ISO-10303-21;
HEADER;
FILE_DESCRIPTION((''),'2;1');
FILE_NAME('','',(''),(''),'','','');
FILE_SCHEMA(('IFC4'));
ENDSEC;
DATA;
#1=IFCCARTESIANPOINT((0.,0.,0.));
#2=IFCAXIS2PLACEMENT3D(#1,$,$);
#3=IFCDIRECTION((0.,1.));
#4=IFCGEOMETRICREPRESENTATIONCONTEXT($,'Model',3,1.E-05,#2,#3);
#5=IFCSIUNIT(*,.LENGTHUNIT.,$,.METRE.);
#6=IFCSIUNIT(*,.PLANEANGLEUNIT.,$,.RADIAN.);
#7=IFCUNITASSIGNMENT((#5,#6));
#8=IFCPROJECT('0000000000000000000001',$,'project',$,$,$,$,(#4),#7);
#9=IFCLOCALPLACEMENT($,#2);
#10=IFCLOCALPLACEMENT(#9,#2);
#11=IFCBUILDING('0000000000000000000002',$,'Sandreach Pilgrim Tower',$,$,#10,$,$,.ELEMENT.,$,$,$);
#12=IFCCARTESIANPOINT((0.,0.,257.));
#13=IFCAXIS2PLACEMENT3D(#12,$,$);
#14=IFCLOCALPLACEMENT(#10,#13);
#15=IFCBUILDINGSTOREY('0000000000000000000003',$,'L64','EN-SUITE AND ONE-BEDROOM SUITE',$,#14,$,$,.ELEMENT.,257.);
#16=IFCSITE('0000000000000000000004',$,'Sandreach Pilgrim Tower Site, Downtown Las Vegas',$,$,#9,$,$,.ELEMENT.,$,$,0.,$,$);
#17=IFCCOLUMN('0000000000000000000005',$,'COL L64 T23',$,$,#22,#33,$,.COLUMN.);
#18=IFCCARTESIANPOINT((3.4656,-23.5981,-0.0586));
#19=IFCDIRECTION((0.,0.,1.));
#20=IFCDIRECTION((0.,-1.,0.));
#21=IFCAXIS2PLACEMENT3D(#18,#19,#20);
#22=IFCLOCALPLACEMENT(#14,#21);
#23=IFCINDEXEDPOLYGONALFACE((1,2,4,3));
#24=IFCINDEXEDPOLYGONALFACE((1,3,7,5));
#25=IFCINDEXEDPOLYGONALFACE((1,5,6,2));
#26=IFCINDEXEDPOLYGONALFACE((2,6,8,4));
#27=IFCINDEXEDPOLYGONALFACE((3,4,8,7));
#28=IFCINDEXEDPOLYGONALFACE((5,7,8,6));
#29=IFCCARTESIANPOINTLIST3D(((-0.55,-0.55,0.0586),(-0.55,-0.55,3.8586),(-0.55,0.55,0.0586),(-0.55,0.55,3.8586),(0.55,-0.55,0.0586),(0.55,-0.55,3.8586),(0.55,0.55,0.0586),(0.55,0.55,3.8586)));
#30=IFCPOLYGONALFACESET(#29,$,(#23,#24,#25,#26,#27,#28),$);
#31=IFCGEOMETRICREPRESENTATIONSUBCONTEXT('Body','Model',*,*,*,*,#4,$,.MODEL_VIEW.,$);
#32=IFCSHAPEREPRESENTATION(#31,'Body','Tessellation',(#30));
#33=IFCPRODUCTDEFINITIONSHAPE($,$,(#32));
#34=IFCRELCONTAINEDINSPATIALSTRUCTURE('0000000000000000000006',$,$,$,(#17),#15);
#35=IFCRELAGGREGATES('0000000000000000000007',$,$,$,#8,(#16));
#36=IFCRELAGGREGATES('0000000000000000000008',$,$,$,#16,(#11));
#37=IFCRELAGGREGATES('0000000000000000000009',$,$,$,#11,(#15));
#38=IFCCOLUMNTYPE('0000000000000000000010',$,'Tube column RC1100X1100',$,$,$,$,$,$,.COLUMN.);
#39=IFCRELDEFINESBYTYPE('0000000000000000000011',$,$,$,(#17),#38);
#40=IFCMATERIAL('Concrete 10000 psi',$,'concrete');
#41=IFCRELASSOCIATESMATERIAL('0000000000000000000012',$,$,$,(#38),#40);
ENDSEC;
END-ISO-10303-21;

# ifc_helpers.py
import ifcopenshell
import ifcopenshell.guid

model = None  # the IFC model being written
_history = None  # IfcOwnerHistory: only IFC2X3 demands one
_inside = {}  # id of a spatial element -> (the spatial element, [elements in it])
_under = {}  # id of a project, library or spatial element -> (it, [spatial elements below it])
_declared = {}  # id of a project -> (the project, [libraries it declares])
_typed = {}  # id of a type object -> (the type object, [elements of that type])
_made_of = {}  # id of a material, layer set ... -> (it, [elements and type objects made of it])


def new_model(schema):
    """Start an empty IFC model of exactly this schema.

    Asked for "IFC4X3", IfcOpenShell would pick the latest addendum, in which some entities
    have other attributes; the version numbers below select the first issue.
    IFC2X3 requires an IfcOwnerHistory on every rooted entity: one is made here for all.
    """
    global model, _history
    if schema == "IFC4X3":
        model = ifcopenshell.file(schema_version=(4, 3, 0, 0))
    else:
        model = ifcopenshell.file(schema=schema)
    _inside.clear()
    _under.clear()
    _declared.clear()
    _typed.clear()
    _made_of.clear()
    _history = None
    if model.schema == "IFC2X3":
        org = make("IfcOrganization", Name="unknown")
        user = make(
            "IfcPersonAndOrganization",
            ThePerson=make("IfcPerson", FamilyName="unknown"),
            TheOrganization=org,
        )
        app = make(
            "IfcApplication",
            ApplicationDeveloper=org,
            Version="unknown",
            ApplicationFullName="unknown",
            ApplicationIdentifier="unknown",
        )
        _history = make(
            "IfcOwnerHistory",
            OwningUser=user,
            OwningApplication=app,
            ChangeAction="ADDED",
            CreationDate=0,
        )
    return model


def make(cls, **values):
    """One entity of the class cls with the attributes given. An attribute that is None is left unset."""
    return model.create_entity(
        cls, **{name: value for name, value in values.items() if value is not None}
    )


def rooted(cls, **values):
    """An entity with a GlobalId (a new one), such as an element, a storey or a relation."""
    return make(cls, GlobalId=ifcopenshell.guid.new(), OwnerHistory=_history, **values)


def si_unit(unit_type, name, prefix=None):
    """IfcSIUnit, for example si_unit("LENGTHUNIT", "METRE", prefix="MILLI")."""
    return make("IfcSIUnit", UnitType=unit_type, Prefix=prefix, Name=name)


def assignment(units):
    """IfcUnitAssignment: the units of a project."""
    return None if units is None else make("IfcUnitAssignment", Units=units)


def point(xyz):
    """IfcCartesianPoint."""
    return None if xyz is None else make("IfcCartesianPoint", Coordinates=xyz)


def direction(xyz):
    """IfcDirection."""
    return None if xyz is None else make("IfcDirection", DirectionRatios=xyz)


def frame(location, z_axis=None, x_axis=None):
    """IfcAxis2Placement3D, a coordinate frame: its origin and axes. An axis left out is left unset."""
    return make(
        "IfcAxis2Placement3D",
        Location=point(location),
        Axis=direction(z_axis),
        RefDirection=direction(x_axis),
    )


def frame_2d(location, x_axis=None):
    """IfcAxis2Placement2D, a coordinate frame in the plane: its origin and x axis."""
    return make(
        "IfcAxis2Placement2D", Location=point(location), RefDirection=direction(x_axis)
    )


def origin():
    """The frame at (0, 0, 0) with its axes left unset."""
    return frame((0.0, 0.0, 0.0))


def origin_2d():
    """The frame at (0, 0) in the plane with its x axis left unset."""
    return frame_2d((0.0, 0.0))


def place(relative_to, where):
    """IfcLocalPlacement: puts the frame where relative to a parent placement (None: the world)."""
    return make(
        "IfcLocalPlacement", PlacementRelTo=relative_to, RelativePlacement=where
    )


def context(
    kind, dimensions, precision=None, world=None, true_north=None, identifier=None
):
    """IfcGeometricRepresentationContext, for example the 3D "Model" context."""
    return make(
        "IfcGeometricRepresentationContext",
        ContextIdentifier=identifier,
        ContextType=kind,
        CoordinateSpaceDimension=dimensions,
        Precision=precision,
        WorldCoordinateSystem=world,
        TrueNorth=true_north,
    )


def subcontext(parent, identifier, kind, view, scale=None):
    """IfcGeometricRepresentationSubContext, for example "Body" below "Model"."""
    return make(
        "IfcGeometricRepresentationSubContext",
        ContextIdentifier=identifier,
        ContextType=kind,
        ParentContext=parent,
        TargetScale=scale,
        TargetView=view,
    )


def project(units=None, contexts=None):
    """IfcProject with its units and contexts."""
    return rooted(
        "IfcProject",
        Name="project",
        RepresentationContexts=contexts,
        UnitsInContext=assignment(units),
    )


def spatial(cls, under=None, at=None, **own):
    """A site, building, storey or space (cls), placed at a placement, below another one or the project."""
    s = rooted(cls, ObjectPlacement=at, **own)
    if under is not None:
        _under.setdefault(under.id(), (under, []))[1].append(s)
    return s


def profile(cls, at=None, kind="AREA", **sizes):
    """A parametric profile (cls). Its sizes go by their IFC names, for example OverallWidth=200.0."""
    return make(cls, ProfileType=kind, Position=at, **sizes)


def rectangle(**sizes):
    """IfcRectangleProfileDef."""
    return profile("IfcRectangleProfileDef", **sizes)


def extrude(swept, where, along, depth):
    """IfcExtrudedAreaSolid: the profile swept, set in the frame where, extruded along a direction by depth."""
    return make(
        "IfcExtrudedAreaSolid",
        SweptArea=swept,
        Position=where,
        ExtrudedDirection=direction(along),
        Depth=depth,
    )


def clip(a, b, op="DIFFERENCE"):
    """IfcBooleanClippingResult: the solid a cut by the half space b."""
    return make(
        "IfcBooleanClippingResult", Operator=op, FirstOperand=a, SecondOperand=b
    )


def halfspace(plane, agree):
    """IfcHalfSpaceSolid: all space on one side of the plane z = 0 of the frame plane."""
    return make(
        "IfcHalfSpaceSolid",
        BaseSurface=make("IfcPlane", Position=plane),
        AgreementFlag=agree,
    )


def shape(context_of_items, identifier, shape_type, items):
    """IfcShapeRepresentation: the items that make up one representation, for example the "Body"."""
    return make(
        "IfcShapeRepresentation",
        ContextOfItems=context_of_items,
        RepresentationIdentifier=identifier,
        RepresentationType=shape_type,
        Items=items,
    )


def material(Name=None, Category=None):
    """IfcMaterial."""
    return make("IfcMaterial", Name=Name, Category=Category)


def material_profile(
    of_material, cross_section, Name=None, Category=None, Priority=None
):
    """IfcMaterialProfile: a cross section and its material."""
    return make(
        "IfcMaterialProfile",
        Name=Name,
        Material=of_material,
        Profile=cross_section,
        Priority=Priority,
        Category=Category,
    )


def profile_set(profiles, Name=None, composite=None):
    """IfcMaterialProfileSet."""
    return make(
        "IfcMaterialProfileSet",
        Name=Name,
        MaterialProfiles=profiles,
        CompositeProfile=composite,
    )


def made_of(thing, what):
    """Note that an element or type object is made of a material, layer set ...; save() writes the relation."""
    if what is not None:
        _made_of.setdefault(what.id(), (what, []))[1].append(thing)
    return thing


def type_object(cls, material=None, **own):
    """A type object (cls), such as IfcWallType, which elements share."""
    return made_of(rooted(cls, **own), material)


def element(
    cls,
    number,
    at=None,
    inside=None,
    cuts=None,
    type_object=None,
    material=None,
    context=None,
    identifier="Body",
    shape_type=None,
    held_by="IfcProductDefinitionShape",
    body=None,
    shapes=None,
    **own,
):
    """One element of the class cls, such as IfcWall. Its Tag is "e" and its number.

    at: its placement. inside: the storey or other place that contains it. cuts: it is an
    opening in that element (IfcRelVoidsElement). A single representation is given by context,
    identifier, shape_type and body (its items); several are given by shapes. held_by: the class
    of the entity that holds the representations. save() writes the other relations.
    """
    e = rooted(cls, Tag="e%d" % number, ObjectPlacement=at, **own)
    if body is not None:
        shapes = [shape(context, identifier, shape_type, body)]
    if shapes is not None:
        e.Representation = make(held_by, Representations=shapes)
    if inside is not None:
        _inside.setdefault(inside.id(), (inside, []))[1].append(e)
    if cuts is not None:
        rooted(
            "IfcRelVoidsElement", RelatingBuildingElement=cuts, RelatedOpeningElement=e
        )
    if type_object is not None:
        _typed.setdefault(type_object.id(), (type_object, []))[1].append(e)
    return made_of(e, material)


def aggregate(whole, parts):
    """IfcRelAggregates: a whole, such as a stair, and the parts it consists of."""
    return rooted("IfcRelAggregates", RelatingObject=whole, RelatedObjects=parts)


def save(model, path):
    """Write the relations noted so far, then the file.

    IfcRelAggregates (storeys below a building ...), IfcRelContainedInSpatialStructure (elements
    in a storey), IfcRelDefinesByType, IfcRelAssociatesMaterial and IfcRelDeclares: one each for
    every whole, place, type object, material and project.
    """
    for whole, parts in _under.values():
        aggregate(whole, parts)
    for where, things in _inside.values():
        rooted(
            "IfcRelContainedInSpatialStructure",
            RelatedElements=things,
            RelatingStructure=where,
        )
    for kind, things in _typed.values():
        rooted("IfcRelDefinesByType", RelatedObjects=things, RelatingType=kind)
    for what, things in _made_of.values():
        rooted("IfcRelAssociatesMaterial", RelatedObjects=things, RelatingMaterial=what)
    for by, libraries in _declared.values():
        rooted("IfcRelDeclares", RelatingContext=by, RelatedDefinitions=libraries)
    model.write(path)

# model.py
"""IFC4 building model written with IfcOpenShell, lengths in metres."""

from ifc_helpers import new_model, si_unit, direction, frame, origin, origin_2d, place, context, subcontext, project, spatial, rectangle, extrude, clip, halfspace, material, material_profile, profile_set, type_object, element, save


model = new_model("IFC4")

# Units and contexts
model_context = context("Model", 3, precision=1e-05, world=origin(), true_north=direction((0.0, 1.0)))
body_context = subcontext(model_context, "Body", "Model", "MODEL_VIEW")
ifc_project = project(units=[si_unit("LENGTHUNIT", "METRE"), si_unit("PLANEANGLEUNIT", "RADIAN")], contexts=[model_context])

# Site, building, storey
site_placement = place(None, origin())
site = spatial("IfcSite", under=ifc_project, at=site_placement, Name="Sandreach Pilgrim Tower Site, Downtown Las Vegas", CompositionType="ELEMENT", RefElevation=0.0)
building_placement = place(site_placement, origin())
building = spatial("IfcBuilding", under=site, at=building_placement, Name="Sandreach Pilgrim Tower", CompositionType="ELEMENT")
storey_placement = place(building_placement, frame((0.0, 0.0, 257.0)))
storey = spatial("IfcBuildingStorey", under=building, at=storey_placement, Name="L64", Description="EN-SUITE AND ONE-BEDROOM SUITE", CompositionType="ELEMENT", Elevation=257.0)

# Column
ifc_material_1 = material(Name="Concrete 10000 psi", Category="concrete")
ifc_material_profile_1 = material_profile(ifc_material_1, rectangle(XDim=1.1001, YDim=1.1001, at=origin_2d()), Name="RC1100X1100")
ifc_profile_set_1 = profile_set([ifc_material_profile_1], Name="Concrete 10000 psi")
column_type = type_object("IfcColumnType", Name="Tube column RC1100X1100", PredefinedType="COLUMN", material=ifc_profile_set_1)
column_placement = place(storey_placement, frame((3.4656, -23.5981, -0.0586), z_axis=(0.0, 0.0, 1.0), x_axis=(0.0, -1.0, 0.0)))
element("IfcColumn", 1, at=column_placement, inside=storey, type_object=column_type, Name="COL L64 T23", PredefinedType="COLUMN", context=body_context, shape_type="SweptSolid", body=[
    clip(extrude(rectangle(XDim=1.1001, YDim=1.1001, at=origin_2d()), origin(), (0.0, 0.0, 1.0), 3.8586), halfspace(frame((0.0, 0.0, 0.0586)), True)),
])

save(model, "model.ifc")
